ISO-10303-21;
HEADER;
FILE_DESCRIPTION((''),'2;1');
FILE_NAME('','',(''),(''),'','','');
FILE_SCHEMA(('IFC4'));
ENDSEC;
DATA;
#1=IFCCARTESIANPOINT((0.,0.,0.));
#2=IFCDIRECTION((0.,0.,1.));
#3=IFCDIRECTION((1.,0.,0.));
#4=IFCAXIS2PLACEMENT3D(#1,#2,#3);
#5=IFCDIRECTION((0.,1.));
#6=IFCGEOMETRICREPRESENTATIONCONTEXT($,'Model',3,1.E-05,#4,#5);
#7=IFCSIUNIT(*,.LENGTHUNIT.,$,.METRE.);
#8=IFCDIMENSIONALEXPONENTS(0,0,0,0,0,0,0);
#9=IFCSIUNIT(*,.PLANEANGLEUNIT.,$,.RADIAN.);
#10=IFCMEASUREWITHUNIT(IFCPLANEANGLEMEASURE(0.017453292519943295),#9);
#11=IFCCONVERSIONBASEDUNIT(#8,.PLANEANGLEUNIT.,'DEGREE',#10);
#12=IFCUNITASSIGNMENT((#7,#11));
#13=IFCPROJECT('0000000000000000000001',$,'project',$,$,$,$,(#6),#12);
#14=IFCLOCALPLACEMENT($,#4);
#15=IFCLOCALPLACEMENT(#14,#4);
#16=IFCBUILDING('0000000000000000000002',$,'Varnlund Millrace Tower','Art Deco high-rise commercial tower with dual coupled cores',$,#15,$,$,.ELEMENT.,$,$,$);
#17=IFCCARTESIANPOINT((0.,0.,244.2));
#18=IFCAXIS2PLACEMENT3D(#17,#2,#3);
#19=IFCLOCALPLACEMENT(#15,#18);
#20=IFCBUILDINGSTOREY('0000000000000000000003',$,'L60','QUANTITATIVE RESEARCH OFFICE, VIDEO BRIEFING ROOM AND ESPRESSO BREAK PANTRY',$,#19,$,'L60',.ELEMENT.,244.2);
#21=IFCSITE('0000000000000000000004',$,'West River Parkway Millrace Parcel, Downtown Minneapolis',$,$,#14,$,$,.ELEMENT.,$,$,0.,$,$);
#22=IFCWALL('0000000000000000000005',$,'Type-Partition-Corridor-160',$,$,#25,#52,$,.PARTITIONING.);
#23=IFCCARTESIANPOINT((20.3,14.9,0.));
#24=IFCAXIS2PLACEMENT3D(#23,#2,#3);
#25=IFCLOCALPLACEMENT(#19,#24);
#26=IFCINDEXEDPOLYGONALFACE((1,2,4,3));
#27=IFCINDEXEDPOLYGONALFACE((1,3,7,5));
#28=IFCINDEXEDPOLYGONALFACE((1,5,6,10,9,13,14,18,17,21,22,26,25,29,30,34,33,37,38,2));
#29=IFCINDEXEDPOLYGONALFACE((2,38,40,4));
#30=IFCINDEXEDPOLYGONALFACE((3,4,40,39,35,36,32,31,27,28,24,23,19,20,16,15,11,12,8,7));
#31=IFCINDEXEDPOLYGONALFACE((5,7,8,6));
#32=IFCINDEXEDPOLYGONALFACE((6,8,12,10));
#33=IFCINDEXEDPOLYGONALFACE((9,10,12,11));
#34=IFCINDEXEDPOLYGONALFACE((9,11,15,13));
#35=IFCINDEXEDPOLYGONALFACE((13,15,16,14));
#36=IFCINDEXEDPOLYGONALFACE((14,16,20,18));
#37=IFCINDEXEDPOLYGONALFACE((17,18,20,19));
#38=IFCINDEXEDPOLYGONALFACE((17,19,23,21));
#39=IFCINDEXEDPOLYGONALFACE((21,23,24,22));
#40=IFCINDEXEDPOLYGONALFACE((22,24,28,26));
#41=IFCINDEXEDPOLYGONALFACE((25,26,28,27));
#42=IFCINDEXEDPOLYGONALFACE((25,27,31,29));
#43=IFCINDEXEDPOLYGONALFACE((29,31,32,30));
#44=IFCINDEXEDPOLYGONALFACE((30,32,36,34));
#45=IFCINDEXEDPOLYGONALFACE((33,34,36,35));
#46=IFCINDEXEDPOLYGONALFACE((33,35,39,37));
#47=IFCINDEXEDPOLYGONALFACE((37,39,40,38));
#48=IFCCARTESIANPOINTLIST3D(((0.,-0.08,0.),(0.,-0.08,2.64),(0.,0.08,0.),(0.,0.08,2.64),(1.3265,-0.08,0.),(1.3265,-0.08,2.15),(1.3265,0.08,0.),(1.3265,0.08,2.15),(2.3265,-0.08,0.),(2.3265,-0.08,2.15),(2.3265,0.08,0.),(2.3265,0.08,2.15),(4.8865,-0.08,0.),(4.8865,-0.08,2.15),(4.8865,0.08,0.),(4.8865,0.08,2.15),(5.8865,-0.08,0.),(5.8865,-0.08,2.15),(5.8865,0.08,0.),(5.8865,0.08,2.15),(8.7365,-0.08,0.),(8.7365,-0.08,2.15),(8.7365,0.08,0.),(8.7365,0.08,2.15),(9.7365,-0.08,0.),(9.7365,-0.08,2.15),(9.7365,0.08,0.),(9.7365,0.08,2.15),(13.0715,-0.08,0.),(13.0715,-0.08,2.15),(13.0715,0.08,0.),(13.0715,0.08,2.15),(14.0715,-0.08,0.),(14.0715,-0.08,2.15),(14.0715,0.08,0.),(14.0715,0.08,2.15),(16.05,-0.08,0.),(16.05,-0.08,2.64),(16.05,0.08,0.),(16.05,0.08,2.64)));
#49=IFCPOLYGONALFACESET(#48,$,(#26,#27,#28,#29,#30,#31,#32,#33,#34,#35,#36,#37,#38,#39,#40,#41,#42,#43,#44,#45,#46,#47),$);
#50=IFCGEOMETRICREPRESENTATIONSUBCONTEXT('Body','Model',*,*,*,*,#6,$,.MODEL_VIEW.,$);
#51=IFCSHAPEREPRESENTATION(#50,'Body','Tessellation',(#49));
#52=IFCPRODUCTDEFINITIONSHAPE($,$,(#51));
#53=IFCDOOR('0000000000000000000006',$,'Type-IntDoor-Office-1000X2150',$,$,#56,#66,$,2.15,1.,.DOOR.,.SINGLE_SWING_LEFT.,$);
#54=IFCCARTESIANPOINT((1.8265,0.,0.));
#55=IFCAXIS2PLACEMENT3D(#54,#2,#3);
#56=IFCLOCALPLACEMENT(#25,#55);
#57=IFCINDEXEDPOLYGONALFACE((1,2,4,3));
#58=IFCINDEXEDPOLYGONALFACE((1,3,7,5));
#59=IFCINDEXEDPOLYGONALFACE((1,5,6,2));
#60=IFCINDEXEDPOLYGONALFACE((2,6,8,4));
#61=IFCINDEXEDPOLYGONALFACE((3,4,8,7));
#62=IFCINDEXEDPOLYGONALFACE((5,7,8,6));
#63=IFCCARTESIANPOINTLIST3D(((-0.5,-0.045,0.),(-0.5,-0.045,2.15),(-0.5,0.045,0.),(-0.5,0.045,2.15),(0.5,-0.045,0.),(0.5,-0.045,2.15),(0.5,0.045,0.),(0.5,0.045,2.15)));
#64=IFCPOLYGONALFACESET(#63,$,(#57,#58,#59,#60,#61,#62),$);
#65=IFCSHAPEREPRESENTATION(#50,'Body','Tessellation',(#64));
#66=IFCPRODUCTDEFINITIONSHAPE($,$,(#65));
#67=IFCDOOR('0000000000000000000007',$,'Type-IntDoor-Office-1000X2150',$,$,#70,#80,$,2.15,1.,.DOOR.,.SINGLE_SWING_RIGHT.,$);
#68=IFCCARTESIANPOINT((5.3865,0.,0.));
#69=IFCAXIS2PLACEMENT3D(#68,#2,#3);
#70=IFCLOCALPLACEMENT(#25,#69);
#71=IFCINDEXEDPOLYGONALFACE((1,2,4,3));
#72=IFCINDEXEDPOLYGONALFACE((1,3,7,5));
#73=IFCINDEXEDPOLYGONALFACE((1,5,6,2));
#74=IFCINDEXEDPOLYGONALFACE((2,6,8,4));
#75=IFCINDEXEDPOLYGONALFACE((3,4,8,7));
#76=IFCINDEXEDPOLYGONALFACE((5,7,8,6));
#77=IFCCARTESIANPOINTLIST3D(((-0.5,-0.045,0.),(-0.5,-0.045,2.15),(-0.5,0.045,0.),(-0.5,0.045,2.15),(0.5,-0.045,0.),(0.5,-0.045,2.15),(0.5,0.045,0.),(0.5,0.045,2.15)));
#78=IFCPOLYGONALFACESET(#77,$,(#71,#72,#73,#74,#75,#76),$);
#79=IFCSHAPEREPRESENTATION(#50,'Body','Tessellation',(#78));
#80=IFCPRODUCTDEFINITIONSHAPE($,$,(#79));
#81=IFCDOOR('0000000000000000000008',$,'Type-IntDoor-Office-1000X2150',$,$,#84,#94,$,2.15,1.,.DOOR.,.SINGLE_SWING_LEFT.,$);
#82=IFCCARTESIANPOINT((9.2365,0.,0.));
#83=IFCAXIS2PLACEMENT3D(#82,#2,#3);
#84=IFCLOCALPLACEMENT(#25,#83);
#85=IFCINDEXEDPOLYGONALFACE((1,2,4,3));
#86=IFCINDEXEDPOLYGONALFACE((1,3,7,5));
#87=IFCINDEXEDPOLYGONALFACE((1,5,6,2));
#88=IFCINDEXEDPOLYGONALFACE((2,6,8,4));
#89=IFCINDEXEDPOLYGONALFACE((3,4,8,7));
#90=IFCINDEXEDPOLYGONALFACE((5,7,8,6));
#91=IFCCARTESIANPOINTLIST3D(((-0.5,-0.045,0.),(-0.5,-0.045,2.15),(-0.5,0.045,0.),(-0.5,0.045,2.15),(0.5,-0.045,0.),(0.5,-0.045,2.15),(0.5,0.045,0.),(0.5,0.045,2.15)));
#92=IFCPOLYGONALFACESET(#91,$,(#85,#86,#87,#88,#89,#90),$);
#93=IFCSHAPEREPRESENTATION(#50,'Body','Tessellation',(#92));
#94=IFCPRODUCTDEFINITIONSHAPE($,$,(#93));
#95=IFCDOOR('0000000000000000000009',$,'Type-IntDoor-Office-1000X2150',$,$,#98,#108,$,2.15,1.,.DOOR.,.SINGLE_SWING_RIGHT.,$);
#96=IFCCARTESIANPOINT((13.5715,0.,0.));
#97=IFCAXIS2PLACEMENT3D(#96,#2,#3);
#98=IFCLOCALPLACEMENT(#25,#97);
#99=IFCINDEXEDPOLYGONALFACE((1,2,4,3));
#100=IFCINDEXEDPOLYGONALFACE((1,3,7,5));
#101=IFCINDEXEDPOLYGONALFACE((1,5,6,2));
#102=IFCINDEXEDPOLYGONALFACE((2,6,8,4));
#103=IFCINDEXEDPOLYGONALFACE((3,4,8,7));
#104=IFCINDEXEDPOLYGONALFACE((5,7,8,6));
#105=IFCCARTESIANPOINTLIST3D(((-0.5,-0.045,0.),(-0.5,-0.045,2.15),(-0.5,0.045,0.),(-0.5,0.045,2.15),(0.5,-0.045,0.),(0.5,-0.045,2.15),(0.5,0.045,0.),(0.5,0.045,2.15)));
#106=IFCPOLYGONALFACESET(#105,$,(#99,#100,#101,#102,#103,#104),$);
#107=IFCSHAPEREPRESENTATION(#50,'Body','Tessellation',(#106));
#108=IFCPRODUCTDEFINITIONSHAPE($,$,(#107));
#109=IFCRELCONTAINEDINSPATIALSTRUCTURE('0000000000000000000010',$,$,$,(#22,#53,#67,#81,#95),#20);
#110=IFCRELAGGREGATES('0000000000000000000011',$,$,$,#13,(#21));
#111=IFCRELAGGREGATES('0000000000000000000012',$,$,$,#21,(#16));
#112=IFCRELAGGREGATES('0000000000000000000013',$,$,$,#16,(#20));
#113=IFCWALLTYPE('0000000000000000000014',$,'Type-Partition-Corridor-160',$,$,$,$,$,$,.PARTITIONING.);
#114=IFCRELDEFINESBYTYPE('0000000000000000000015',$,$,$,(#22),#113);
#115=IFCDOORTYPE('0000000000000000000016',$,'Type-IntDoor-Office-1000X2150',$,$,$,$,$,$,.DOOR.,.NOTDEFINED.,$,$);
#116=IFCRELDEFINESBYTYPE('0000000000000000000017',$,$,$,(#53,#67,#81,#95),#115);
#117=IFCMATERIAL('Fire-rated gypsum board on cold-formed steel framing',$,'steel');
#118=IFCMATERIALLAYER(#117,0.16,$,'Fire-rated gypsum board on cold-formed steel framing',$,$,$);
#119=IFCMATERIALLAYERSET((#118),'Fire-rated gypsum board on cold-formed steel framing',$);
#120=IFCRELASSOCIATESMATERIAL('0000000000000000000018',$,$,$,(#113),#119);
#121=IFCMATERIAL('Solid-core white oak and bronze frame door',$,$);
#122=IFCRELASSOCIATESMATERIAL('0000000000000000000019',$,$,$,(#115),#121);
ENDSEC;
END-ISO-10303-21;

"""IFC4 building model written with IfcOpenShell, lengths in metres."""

from ifc_helpers import new_model, entity, si_unit, converted_unit, direction, frame, origin_with_axes, origin_2d_with_axis, place, context, subcontext, project, spatial, polyline, rectangle, outline, extrude, material, layer, layer_set, type_object, element, fill, save


model = new_model("IFC4")

# Units and contexts
model_context = context("Model", 3, precision=1e-05, world=origin_with_axes(), true_north=direction((0.0, 1.0)))
body_context = subcontext(model_context, "Body", "Model", "MODEL_VIEW")
ifc_project = project(units=[si_unit("LENGTHUNIT", "METRE"), converted_unit("PLANEANGLEUNIT", "DEGREE", entity("IfcPlaneAngleMeasure", 0.017453292519943295), si_unit("PLANEANGLEUNIT", "RADIAN"), dimensions=[0, 0, 0, 0, 0, 0, 0])], contexts=[model_context])

# Site, building, storey
site_placement = place(None, origin_with_axes())
site = spatial("IfcSite", under=ifc_project, at=site_placement, Name="West River Parkway Millrace Parcel, Downtown Minneapolis", CompositionType="ELEMENT", RefElevation=0.0)
building_placement = place(site_placement, origin_with_axes())
building = spatial("IfcBuilding", under=site, at=building_placement, Name="Varnlund Millrace Tower", Description="Art Deco high-rise commercial tower with dual coupled cores", CompositionType="ELEMENT")
storey_placement = place(building_placement, frame((0.0, 0.0, 244.2), z_axis=(0.0, 0.0, 1.0), x_axis=(1.0, 0.0, 0.0)))
storey = spatial("IfcBuildingStorey", under=building, at=storey_placement, Name="L60", Description="QUANTITATIVE RESEARCH OFFICE, VIDEO BRIEFING ROOM AND ESPRESSO BREAK PANTRY", LongName="L60", CompositionType="ELEMENT", Elevation=244.2)

# Shared definitions
ifc_material_1 = material(Name="Fire-rated gypsum board on cold-formed steel framing", Category="steel")
ifc_layer_1 = layer(ifc_material_1, 0.16, Name="Fire-rated gypsum board on cold-formed steel framing")
ifc_layer_set_1 = layer_set([ifc_layer_1], Name="Fire-rated gypsum board on cold-formed steel framing")
wall_type_1 = type_object("IfcWallType", Name="Type-Partition-Corridor-160", PredefinedType="PARTITIONING", material=ifc_layer_set_1)
ifc_material_2 = material(Name="Solid-core white oak and bronze frame door")
door_type = type_object("IfcDoorType", Name="Type-IntDoor-Office-1000X2150", OperationType="NOTDEFINED", PredefinedType="DOOR", material=ifc_material_2)

# Wall, openings, doors
wall_1_placement = place(storey_placement, frame((20.3, 14.9, 0.0), z_axis=(0.0, 0.0, 1.0), x_axis=(1.0, 0.0, 0.0)))
wall_1 = element("IfcWall", 1, at=wall_1_placement, inside=storey, type_object=wall_type_1, Name="Type-Partition-Corridor-160", PredefinedType="PARTITIONING", context=body_context, shape_type="SweptSolid", body=[
    extrude(outline(polyline([(0.0, -0.08), (16.05, -0.08), (16.05, 0.08), (0.0, 0.08), (0.0, -0.08)])), origin_with_axes(), (0.0, 0.0, 1.0), 2.64),
])
opening_1_placement = place(wall_1_placement, frame((1.8265, 0.0, 0.0), z_axis=(0.0, 0.0, 1.0), x_axis=(1.0, 0.0, 0.0)))
opening_1 = element("IfcOpeningElement", 2, at=opening_1_placement, cuts=wall_1, PredefinedType="OPENING", context=body_context, shape_type="SweptSolid", body=[
    extrude(rectangle(XDim=1.0, YDim=0.18, at=origin_2d_with_axis()), origin_with_axes(), (0.0, 0.0, 1.0), 2.15),
])
opening_2_placement = place(wall_1_placement, frame((5.3865, 0.0, 0.0), z_axis=(0.0, 0.0, 1.0), x_axis=(1.0, 0.0, 0.0)))
opening_2 = element("IfcOpeningElement", 3, at=opening_2_placement, cuts=wall_1, PredefinedType="OPENING", context=body_context, shape_type="SweptSolid", body=[
    extrude(rectangle(XDim=1.0, YDim=0.18, at=origin_2d_with_axis()), origin_with_axes(), (0.0, 0.0, 1.0), 2.15),
])
opening_3_placement = place(wall_1_placement, frame((9.2365, 0.0, 0.0), z_axis=(0.0, 0.0, 1.0), x_axis=(1.0, 0.0, 0.0)))
opening_3 = element("IfcOpeningElement", 4, at=opening_3_placement, cuts=wall_1, PredefinedType="OPENING", context=body_context, shape_type="SweptSolid", body=[
    extrude(rectangle(XDim=1.0, YDim=0.18, at=origin_2d_with_axis()), origin_with_axes(), (0.0, 0.0, 1.0), 2.15),
])
opening_4_placement = place(wall_1_placement, frame((13.5715, 0.0, 0.0), z_axis=(0.0, 0.0, 1.0), x_axis=(1.0, 0.0, 0.0)))
opening_4 = element("IfcOpeningElement", 5, at=opening_4_placement, cuts=wall_1, PredefinedType="OPENING", context=body_context, shape_type="SweptSolid", body=[
    extrude(rectangle(XDim=1.0, YDim=0.18, at=origin_2d_with_axis()), origin_with_axes(), (0.0, 0.0, 1.0), 2.15),
])
door_1_placement = place(wall_1_placement, frame((1.8265, 0.0, 0.0), z_axis=(0.0, 0.0, 1.0), x_axis=(1.0, 0.0, 0.0)))
door_1 = element("IfcDoor", 6, at=door_1_placement, inside=storey, type_object=door_type, Name="Type-IntDoor-Office-1000X2150", OperationType="SINGLE_SWING_LEFT", OverallHeight=2.15, OverallWidth=1.0, PredefinedType="DOOR", context=body_context, shape_type="SweptSolid", body=[
    extrude(rectangle(XDim=1.0, YDim=0.09, at=origin_2d_with_axis()), origin_with_axes(), (0.0, 0.0, 1.0), 2.15),
])
fill(opening_1, door_1)
door_2_placement = place(wall_1_placement, frame((5.3865, 0.0, 0.0), z_axis=(0.0, 0.0, 1.0), x_axis=(1.0, 0.0, 0.0)))
door_2 = element("IfcDoor", 7, at=door_2_placement, inside=storey, type_object=door_type, Name="Type-IntDoor-Office-1000X2150", OperationType="SINGLE_SWING_RIGHT", OverallHeight=2.15, OverallWidth=1.0, PredefinedType="DOOR", context=body_context, shape_type="SweptSolid", body=[
    extrude(rectangle(XDim=1.0, YDim=0.09, at=origin_2d_with_axis()), origin_with_axes(), (0.0, 0.0, 1.0), 2.15),
])
fill(opening_2, door_2)
door_3_placement = place(wall_1_placement, frame((9.2365, 0.0, 0.0), z_axis=(0.0, 0.0, 1.0), x_axis=(1.0, 0.0, 0.0)))
door_3 = element("IfcDoor", 8, at=door_3_placement, inside=storey, type_object=door_type, Name="Type-IntDoor-Office-1000X2150", OperationType="SINGLE_SWING_LEFT", OverallHeight=2.15, OverallWidth=1.0, PredefinedType="DOOR", context=body_context, shape_type="SweptSolid", body=[
    extrude(rectangle(XDim=1.0, YDim=0.09, at=origin_2d_with_axis()), origin_with_axes(), (0.0, 0.0, 1.0), 2.15),
])
fill(opening_3, door_3)
door_4_placement = place(wall_1_placement, frame((13.5715, 0.0, 0.0), z_axis=(0.0, 0.0, 1.0), x_axis=(1.0, 0.0, 0.0)))
door_4 = element("IfcDoor", 9, at=door_4_placement, inside=storey, type_object=door_type, Name="Type-IntDoor-Office-1000X2150", OperationType="SINGLE_SWING_RIGHT", OverallHeight=2.15, OverallWidth=1.0, PredefinedType="DOOR", context=body_context, shape_type="SweptSolid", body=[
    extrude(rectangle(XDim=1.0, YDim=0.09, at=origin_2d_with_axis()), origin_with_axes(), (0.0, 0.0, 1.0), 2.15),
])
fill(opening_4, door_4)

save(model, "model.ifc")
